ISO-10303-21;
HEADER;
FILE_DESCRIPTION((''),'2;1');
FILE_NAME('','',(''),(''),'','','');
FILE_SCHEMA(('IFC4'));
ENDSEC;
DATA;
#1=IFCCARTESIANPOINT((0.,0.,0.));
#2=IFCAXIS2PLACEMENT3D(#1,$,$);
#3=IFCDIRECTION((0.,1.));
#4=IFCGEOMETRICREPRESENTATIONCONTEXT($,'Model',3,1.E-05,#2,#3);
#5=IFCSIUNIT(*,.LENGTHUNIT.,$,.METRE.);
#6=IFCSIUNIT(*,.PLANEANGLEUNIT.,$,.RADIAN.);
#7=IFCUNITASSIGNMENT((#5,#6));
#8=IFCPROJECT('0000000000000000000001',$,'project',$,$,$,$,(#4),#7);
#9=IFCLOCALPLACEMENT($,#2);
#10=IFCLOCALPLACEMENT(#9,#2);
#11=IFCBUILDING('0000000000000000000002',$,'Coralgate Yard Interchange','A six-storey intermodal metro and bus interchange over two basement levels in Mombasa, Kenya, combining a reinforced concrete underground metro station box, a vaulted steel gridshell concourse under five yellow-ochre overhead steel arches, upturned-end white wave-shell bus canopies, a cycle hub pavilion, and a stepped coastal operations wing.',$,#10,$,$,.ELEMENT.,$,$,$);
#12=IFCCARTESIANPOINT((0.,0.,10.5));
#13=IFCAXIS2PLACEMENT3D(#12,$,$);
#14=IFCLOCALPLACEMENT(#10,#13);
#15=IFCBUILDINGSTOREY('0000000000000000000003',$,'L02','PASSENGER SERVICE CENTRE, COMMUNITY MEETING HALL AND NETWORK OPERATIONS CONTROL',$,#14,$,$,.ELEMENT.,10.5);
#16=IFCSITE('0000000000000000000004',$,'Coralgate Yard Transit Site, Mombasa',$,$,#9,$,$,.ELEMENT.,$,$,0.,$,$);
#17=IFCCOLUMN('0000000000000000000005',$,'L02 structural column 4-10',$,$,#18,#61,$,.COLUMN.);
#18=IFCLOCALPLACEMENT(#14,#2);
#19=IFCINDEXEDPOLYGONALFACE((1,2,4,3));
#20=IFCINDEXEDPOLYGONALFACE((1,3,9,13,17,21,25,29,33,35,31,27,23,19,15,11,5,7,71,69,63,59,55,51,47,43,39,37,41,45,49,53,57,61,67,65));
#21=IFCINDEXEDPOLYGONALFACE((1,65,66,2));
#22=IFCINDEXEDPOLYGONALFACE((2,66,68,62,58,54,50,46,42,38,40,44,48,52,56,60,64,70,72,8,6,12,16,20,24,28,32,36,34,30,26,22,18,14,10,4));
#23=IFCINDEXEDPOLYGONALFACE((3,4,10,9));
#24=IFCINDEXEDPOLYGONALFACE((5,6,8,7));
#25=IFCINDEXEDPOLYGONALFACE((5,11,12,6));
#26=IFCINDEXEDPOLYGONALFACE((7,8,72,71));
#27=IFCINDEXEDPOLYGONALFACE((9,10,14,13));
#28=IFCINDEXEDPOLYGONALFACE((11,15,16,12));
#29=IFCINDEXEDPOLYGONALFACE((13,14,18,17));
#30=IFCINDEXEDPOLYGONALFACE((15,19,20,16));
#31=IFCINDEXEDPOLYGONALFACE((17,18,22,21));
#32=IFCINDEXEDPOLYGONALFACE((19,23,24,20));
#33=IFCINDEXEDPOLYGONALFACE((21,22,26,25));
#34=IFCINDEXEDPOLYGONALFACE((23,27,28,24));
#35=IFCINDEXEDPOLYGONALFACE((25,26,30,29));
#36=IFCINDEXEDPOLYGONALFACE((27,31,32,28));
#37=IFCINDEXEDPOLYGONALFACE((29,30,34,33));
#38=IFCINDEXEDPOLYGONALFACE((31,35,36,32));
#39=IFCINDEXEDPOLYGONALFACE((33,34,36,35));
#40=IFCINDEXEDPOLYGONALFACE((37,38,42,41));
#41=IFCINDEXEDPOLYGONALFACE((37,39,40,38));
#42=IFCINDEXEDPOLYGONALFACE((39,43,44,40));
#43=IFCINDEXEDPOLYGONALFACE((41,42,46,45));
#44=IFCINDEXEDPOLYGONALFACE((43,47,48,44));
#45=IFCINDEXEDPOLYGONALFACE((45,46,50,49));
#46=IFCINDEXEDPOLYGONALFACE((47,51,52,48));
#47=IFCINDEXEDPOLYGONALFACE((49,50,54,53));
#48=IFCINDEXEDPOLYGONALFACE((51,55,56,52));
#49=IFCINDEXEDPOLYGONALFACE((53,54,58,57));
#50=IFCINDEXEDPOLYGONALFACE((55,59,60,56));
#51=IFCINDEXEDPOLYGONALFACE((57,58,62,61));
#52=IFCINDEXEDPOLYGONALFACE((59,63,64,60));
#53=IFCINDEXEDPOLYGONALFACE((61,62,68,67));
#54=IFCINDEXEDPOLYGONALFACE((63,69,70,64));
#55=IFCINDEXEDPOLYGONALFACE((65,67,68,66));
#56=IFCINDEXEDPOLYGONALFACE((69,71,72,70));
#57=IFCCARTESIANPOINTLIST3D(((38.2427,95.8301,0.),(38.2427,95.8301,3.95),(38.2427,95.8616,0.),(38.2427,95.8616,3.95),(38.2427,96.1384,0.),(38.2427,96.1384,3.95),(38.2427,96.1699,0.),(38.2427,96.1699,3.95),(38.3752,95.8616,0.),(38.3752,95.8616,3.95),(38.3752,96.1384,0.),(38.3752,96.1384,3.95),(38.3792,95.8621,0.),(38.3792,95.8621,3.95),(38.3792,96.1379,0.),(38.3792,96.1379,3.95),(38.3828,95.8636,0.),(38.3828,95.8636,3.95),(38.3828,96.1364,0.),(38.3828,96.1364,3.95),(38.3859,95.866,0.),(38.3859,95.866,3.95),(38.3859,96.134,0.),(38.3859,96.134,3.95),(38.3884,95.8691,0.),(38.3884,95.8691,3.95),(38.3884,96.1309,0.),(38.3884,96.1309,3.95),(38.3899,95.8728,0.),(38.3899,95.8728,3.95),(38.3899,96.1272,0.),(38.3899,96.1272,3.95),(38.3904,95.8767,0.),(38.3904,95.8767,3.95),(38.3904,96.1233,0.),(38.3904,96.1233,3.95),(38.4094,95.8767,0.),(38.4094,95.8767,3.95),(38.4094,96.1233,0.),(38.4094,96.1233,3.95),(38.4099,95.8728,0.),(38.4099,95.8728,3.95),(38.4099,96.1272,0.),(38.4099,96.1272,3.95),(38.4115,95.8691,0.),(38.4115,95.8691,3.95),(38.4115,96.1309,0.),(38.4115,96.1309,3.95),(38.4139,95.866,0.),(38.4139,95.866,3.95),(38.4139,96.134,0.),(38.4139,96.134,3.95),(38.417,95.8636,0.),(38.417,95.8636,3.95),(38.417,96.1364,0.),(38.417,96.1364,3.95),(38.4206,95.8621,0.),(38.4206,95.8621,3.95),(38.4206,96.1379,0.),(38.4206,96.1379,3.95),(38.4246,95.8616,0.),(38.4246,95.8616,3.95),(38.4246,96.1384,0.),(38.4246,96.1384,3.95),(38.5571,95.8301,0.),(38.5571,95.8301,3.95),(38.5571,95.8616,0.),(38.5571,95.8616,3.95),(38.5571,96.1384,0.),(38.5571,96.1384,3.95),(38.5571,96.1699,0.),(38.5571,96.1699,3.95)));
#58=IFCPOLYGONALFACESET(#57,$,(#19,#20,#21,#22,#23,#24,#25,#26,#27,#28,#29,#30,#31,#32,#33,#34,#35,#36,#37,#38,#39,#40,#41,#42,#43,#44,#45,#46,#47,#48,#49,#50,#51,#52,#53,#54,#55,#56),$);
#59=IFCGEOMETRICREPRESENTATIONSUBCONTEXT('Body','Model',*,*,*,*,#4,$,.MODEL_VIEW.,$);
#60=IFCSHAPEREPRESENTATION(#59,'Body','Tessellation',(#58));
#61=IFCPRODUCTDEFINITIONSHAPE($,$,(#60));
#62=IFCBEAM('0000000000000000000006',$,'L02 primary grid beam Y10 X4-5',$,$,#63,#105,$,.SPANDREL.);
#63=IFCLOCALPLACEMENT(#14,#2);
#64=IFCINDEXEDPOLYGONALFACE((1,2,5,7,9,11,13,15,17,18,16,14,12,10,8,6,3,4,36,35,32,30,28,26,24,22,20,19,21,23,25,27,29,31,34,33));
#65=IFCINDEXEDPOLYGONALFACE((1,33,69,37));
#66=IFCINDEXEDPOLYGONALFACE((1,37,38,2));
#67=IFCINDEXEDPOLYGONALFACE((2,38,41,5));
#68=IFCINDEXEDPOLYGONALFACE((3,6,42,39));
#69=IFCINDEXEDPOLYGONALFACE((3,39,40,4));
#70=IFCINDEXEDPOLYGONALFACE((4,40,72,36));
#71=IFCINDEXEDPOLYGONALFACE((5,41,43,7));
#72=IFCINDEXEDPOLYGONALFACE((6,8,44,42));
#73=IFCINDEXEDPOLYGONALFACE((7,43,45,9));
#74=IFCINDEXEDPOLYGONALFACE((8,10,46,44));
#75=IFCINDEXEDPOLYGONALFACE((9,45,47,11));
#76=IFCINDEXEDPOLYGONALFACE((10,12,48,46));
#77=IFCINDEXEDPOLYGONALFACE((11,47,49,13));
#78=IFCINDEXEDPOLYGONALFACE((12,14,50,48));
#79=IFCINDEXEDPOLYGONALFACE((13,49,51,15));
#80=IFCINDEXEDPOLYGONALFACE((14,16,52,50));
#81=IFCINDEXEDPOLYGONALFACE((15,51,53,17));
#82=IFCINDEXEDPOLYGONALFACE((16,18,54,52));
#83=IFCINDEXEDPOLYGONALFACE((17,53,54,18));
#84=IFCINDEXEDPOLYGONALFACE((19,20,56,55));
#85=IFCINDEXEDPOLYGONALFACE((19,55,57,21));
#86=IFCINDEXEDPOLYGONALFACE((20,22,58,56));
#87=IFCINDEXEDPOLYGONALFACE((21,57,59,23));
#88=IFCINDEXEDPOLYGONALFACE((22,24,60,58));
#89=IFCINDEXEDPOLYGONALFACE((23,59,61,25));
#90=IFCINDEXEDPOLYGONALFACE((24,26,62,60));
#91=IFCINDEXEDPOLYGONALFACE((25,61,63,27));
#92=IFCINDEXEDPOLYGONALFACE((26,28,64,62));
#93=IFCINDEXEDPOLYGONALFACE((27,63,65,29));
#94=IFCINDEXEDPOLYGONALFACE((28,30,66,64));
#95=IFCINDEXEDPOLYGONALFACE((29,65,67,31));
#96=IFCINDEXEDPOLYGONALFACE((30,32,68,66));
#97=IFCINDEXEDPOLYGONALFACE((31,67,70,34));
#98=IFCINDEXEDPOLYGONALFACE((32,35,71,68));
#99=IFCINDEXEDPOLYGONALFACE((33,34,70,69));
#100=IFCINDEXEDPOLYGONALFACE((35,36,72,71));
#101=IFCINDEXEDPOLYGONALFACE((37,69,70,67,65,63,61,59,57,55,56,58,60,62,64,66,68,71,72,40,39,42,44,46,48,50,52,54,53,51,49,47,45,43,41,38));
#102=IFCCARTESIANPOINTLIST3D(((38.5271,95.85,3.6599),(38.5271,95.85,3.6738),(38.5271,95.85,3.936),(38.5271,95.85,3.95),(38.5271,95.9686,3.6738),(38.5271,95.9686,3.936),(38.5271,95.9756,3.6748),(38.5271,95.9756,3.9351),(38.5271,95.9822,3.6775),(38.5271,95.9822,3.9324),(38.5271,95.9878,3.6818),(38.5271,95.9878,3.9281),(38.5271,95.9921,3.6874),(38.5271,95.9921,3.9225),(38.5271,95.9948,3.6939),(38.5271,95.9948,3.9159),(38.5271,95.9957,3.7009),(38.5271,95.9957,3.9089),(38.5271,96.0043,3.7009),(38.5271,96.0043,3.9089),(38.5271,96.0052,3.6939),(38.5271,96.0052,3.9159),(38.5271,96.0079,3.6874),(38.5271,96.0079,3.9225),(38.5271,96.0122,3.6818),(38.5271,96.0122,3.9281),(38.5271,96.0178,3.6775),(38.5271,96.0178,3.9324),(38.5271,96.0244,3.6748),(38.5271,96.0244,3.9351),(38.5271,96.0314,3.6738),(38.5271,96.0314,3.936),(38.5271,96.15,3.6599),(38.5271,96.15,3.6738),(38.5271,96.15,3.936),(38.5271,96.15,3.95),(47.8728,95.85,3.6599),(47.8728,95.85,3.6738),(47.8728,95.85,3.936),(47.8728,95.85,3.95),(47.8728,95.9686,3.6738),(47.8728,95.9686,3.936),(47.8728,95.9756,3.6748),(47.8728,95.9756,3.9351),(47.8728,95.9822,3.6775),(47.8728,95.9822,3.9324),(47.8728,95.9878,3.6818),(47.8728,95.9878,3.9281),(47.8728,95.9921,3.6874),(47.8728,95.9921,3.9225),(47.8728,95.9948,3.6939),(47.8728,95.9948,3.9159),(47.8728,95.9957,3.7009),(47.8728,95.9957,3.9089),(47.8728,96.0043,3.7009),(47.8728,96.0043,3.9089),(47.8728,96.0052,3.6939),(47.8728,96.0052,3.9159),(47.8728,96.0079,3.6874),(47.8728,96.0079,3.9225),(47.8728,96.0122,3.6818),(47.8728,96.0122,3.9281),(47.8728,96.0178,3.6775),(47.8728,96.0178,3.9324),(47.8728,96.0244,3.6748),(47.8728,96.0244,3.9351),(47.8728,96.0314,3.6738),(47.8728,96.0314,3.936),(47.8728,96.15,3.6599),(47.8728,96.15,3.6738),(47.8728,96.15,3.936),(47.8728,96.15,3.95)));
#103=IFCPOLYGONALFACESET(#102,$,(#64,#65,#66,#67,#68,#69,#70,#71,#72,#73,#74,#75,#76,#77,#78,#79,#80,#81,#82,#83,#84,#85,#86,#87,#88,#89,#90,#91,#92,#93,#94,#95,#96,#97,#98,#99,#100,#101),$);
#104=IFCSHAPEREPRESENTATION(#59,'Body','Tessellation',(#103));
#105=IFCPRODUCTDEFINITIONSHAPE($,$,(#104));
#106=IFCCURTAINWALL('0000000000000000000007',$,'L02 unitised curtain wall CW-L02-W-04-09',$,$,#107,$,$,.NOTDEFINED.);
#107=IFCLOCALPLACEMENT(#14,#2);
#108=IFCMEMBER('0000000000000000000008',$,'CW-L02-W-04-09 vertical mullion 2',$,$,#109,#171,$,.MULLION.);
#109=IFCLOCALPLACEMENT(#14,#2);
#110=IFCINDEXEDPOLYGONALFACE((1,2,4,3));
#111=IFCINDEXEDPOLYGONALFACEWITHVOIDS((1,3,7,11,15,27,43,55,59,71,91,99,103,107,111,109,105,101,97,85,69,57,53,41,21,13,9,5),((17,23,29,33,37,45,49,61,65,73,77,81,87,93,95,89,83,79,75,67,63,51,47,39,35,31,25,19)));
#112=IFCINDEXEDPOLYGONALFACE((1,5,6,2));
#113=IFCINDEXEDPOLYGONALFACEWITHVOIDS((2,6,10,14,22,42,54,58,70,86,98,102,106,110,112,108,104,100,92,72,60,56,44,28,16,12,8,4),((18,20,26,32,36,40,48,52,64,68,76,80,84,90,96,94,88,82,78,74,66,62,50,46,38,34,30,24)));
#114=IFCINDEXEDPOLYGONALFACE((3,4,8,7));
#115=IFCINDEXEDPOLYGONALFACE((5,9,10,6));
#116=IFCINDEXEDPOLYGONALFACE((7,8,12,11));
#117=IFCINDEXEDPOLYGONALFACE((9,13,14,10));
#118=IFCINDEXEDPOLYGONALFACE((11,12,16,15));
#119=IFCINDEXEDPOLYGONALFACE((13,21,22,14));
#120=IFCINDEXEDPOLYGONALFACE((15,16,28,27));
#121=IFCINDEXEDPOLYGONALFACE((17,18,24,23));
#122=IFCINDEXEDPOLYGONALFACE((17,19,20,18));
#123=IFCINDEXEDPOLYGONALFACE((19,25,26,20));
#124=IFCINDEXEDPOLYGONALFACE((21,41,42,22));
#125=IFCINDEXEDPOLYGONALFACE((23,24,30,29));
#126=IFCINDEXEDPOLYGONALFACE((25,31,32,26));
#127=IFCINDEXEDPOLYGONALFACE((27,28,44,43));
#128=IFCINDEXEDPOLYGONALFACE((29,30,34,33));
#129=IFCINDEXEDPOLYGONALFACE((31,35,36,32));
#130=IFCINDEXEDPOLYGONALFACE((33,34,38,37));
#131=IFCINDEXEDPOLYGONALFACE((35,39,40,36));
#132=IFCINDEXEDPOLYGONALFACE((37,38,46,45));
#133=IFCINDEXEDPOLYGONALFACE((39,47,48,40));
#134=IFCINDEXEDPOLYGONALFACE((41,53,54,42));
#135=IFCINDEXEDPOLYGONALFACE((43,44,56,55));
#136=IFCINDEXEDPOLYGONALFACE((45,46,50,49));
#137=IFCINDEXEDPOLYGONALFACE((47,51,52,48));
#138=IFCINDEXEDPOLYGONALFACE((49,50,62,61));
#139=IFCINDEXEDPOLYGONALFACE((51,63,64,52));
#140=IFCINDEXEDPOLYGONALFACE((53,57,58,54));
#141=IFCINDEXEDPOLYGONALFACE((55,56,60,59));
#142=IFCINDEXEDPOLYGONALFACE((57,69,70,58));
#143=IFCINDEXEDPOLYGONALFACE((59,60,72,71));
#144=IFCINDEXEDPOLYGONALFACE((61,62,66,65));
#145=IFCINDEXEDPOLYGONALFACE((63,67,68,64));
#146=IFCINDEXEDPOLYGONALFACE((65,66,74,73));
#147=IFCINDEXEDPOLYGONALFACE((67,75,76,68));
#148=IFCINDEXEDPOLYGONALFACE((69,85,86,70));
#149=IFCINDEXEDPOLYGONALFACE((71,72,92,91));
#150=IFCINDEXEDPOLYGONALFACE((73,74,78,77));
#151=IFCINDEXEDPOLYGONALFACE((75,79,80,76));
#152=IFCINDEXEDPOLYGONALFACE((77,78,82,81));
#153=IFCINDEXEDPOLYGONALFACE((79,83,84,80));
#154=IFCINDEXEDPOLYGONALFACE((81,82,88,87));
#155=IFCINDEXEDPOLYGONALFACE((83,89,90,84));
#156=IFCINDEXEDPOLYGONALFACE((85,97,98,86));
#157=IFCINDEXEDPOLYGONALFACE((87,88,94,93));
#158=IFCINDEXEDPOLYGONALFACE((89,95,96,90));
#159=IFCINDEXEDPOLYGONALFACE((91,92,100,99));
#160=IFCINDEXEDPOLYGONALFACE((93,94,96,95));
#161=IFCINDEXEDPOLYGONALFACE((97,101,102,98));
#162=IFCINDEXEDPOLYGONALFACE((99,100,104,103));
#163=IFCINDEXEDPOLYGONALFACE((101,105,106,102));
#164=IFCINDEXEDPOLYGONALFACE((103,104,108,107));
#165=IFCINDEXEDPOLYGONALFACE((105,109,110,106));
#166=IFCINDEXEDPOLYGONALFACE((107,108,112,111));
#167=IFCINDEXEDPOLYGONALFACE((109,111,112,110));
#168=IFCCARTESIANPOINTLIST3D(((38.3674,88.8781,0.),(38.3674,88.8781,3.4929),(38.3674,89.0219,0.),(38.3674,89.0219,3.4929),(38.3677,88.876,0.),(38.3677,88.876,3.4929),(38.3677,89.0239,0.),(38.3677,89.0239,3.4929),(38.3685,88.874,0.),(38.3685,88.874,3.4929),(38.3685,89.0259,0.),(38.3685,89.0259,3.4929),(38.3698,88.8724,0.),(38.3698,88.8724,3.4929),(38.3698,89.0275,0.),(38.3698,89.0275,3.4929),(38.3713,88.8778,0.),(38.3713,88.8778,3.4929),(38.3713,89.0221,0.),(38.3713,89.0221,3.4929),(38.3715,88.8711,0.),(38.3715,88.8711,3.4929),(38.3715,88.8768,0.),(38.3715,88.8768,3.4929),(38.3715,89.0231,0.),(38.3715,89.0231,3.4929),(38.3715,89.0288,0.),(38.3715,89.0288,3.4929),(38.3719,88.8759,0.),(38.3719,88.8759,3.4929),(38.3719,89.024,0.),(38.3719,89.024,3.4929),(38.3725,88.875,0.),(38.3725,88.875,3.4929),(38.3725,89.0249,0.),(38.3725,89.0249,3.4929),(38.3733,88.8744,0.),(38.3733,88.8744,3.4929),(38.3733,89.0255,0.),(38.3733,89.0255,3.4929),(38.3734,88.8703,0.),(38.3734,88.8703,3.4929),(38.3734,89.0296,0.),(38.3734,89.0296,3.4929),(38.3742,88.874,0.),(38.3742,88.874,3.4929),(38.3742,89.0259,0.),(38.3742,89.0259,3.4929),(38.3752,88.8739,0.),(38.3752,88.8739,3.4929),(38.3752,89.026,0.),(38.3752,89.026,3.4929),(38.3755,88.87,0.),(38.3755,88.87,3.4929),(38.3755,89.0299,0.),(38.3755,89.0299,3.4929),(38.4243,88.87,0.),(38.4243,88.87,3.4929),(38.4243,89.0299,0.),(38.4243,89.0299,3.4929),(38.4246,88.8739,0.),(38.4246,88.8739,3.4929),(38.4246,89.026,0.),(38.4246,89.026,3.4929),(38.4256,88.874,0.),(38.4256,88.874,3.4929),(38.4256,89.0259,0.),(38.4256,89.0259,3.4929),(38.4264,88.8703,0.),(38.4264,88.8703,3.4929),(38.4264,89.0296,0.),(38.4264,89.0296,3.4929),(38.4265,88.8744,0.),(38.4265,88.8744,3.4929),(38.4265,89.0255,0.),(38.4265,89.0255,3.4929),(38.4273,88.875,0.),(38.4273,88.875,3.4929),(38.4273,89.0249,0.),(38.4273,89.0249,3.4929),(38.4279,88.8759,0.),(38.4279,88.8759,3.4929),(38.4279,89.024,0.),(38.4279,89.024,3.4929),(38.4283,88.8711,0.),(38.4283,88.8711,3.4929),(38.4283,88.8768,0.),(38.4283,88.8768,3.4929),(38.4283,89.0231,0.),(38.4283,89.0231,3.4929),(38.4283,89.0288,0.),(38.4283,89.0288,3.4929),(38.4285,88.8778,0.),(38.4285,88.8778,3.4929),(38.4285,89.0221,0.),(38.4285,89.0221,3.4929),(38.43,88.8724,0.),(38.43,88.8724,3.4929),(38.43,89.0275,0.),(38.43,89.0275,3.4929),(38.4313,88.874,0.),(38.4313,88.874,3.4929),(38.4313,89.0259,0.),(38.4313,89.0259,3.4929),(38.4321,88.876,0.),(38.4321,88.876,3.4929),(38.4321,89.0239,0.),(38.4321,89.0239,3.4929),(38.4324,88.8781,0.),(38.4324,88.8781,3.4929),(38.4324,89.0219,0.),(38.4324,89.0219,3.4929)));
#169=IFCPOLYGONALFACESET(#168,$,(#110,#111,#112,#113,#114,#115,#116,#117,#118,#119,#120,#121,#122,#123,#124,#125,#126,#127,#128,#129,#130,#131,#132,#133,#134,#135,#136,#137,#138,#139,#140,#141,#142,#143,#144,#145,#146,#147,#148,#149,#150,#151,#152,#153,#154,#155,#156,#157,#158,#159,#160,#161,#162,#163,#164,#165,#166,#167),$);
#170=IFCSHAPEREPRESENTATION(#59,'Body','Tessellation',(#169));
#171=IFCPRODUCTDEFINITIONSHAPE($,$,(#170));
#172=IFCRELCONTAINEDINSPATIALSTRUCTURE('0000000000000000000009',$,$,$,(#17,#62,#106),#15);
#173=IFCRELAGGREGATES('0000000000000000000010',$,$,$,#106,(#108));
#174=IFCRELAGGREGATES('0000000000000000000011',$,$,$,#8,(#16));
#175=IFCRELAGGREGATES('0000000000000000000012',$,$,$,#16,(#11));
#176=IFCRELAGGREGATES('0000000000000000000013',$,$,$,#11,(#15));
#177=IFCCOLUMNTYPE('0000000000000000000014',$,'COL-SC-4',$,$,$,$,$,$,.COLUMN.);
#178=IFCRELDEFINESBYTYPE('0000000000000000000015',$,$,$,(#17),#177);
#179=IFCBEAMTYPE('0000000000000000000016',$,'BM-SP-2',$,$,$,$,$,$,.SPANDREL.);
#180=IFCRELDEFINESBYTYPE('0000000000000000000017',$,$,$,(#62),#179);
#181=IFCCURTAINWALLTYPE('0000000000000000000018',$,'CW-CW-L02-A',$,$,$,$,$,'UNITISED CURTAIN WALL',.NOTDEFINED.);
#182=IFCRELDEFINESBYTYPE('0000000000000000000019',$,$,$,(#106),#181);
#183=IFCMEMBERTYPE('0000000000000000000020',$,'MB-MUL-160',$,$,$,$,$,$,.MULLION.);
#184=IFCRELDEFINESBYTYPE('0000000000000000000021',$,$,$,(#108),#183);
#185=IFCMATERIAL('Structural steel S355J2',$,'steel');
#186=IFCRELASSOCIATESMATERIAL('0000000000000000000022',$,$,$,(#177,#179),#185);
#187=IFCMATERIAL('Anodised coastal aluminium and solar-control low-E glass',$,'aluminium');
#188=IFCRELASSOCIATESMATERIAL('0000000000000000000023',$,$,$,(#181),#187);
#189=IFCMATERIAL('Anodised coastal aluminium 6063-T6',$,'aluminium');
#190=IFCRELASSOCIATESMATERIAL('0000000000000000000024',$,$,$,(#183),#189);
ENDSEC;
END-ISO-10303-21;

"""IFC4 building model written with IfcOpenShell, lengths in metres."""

from ifc_helpers import new_model, si_unit, direction, frame, origin, origin_2d, place, context, subcontext, project, spatial, hollow_rectangle, i_section, extrude, material, material_profile, profile_set, type_object, element, aggregate, save


model = new_model("IFC4")

# Units and contexts
model_context = context("Model", 3, precision=1e-05, world=origin(), true_north=direction((0.0, 1.0)))
body_context = subcontext(model_context, "Body", "Model", "MODEL_VIEW")
ifc_project = project(units=[si_unit("LENGTHUNIT", "METRE"), si_unit("PLANEANGLEUNIT", "RADIAN")], contexts=[model_context])

# Site, building, storey
site_placement = place(None, origin())
site = spatial("IfcSite", under=ifc_project, at=site_placement, Name="Coralgate Yard Transit Site, Mombasa", CompositionType="ELEMENT", RefElevation=0.0)
building_placement = place(site_placement, origin())
building = spatial("IfcBuilding", under=site, at=building_placement, Name="Coralgate Yard Interchange", Description="A six-storey intermodal metro and bus interchange over two basement levels in Mombasa, Kenya, combining a reinforced concrete underground metro station box, a vaulted steel gridshell concourse under five yellow-ochre overhead steel arches, upturned-end white wave-shell bus canopies, a cycle hub pavilion, and a stepped coastal operations wing.", CompositionType="ELEMENT")
storey_placement = place(building_placement, frame((0.0, 0.0, 10.5)))
storey = spatial("IfcBuildingStorey", under=building, at=storey_placement, Name="L02", Description="PASSENGER SERVICE CENTRE, COMMUNITY MEETING HALL AND NETWORK OPERATIONS CONTROL", CompositionType="ELEMENT", Elevation=10.5)

# Column
ifc_material_1 = material(Name="Structural steel S355J2", Category="steel")
ifc_material_profile_1 = material_profile(ifc_material_1, i_section(OverallWidth=0.3145, OverallDepth=0.3398, WebThickness=0.019, FlangeThickness=0.0315, FilletRadius=0.0151, at=origin_2d()), Name="UC 305x305x198")
ifc_profile_set_1 = profile_set([ifc_material_profile_1], Name="Structural steel S355J2")
column_type = type_object("IfcColumnType", Name="COL-SC-4", PredefinedType="COLUMN", material=ifc_profile_set_1)
column_placement = place(storey_placement, frame((38.3999, 96.0, 0.0), z_axis=(0.0, 0.0, 1.0), x_axis=(1.0, 0.0, 0.0)))
element("IfcColumn", 1, at=column_placement, inside=storey, type_object=column_type, Name="L02 structural column 4-10", PredefinedType="COLUMN", context=body_context, shape_type="SweptSolid", body=[
    extrude(i_section(OverallWidth=0.3145, OverallDepth=0.3398, WebThickness=0.019, FlangeThickness=0.0315, FilletRadius=0.0151, at=origin_2d()), origin(), (0.0, 0.0, 1.0), 3.95),
])

# Beam
ifc_material_profile_2 = material_profile(ifc_material_1, i_section(OverallWidth=0.3, OverallDepth=0.29, WebThickness=0.0085, FlangeThickness=0.0139, FilletRadius=0.0271, at=origin_2d()), Name="HEA 300")
ifc_profile_set_2 = profile_set([ifc_material_profile_2], Name="Structural steel S355J2")
beam_type = type_object("IfcBeamType", Name="BM-SP-2", PredefinedType="SPANDREL", material=ifc_profile_set_2)
beam_placement = place(storey_placement, frame((38.5271, 96.0, 3.8049), z_axis=(1.0, 0.0, 0.0), x_axis=(0.0, 1.0, 0.0)))
element("IfcBeam", 2, at=beam_placement, inside=storey, type_object=beam_type, Name="L02 primary grid beam Y10 X4-5", PredefinedType="SPANDREL", context=body_context, shape_type="SweptSolid", body=[
    extrude(i_section(OverallWidth=0.3, OverallDepth=0.29, WebThickness=0.0085, FlangeThickness=0.0139, FilletRadius=0.0271, at=origin_2d()), origin(), (0.0, 0.0, 1.0), 9.3457),
])

# Curtain wall, member
ifc_material_2 = material(Name="Anodised coastal aluminium and solar-control low-E glass", Category="aluminium")
curtain_wall_type = type_object("IfcCurtainWallType", Name="CW-CW-L02-A", ElementType="UNITISED CURTAIN WALL", PredefinedType="NOTDEFINED", material=ifc_material_2)
curtain_wall_1_placement = place(storey_placement, origin())
curtain_wall_1 = element("IfcCurtainWall", 3, at=curtain_wall_1_placement, inside=storey, type_object=curtain_wall_type, Name="L02 unitised curtain wall CW-L02-W-04-09", PredefinedType="NOTDEFINED")
ifc_material_3 = material(Name="Anodised coastal aluminium 6063-T6", Category="aluminium")
ifc_material_profile_3 = material_profile(ifc_material_3, hollow_rectangle(XDim=0.0649, YDim=0.1599, WallThickness=0.0039, InnerFilletRadius=0.0039, OuterFilletRadius=0.0081, at=origin_2d()), Name="ALU 65x160x4")
ifc_profile_set_3 = profile_set([ifc_material_profile_3], Name="Anodised coastal aluminium 6063-T6")
member_type_1 = type_object("IfcMemberType", Name="MB-MUL-160", PredefinedType="MULLION", material=ifc_profile_set_3)
member_1_placement = place(storey_placement, frame((38.3999, 88.95, 0.0), z_axis=(0.0, 0.0, 1.0), x_axis=(1.0, 0.0, 0.0)))
member_1 = element("IfcMember", 4, at=member_1_placement, type_object=member_type_1, Name="CW-L02-W-04-09 vertical mullion 2", PredefinedType="MULLION", context=body_context, shape_type="SweptSolid", body=[
    extrude(hollow_rectangle(XDim=0.0649, YDim=0.1599, WallThickness=0.0039, InnerFilletRadius=0.0039, OuterFilletRadius=0.0081, at=origin_2d()), origin(), (0.0, 0.0, 1.0), 3.4929),
])

aggregate(curtain_wall_1, [member_1])

save(model, "model.ifc")
